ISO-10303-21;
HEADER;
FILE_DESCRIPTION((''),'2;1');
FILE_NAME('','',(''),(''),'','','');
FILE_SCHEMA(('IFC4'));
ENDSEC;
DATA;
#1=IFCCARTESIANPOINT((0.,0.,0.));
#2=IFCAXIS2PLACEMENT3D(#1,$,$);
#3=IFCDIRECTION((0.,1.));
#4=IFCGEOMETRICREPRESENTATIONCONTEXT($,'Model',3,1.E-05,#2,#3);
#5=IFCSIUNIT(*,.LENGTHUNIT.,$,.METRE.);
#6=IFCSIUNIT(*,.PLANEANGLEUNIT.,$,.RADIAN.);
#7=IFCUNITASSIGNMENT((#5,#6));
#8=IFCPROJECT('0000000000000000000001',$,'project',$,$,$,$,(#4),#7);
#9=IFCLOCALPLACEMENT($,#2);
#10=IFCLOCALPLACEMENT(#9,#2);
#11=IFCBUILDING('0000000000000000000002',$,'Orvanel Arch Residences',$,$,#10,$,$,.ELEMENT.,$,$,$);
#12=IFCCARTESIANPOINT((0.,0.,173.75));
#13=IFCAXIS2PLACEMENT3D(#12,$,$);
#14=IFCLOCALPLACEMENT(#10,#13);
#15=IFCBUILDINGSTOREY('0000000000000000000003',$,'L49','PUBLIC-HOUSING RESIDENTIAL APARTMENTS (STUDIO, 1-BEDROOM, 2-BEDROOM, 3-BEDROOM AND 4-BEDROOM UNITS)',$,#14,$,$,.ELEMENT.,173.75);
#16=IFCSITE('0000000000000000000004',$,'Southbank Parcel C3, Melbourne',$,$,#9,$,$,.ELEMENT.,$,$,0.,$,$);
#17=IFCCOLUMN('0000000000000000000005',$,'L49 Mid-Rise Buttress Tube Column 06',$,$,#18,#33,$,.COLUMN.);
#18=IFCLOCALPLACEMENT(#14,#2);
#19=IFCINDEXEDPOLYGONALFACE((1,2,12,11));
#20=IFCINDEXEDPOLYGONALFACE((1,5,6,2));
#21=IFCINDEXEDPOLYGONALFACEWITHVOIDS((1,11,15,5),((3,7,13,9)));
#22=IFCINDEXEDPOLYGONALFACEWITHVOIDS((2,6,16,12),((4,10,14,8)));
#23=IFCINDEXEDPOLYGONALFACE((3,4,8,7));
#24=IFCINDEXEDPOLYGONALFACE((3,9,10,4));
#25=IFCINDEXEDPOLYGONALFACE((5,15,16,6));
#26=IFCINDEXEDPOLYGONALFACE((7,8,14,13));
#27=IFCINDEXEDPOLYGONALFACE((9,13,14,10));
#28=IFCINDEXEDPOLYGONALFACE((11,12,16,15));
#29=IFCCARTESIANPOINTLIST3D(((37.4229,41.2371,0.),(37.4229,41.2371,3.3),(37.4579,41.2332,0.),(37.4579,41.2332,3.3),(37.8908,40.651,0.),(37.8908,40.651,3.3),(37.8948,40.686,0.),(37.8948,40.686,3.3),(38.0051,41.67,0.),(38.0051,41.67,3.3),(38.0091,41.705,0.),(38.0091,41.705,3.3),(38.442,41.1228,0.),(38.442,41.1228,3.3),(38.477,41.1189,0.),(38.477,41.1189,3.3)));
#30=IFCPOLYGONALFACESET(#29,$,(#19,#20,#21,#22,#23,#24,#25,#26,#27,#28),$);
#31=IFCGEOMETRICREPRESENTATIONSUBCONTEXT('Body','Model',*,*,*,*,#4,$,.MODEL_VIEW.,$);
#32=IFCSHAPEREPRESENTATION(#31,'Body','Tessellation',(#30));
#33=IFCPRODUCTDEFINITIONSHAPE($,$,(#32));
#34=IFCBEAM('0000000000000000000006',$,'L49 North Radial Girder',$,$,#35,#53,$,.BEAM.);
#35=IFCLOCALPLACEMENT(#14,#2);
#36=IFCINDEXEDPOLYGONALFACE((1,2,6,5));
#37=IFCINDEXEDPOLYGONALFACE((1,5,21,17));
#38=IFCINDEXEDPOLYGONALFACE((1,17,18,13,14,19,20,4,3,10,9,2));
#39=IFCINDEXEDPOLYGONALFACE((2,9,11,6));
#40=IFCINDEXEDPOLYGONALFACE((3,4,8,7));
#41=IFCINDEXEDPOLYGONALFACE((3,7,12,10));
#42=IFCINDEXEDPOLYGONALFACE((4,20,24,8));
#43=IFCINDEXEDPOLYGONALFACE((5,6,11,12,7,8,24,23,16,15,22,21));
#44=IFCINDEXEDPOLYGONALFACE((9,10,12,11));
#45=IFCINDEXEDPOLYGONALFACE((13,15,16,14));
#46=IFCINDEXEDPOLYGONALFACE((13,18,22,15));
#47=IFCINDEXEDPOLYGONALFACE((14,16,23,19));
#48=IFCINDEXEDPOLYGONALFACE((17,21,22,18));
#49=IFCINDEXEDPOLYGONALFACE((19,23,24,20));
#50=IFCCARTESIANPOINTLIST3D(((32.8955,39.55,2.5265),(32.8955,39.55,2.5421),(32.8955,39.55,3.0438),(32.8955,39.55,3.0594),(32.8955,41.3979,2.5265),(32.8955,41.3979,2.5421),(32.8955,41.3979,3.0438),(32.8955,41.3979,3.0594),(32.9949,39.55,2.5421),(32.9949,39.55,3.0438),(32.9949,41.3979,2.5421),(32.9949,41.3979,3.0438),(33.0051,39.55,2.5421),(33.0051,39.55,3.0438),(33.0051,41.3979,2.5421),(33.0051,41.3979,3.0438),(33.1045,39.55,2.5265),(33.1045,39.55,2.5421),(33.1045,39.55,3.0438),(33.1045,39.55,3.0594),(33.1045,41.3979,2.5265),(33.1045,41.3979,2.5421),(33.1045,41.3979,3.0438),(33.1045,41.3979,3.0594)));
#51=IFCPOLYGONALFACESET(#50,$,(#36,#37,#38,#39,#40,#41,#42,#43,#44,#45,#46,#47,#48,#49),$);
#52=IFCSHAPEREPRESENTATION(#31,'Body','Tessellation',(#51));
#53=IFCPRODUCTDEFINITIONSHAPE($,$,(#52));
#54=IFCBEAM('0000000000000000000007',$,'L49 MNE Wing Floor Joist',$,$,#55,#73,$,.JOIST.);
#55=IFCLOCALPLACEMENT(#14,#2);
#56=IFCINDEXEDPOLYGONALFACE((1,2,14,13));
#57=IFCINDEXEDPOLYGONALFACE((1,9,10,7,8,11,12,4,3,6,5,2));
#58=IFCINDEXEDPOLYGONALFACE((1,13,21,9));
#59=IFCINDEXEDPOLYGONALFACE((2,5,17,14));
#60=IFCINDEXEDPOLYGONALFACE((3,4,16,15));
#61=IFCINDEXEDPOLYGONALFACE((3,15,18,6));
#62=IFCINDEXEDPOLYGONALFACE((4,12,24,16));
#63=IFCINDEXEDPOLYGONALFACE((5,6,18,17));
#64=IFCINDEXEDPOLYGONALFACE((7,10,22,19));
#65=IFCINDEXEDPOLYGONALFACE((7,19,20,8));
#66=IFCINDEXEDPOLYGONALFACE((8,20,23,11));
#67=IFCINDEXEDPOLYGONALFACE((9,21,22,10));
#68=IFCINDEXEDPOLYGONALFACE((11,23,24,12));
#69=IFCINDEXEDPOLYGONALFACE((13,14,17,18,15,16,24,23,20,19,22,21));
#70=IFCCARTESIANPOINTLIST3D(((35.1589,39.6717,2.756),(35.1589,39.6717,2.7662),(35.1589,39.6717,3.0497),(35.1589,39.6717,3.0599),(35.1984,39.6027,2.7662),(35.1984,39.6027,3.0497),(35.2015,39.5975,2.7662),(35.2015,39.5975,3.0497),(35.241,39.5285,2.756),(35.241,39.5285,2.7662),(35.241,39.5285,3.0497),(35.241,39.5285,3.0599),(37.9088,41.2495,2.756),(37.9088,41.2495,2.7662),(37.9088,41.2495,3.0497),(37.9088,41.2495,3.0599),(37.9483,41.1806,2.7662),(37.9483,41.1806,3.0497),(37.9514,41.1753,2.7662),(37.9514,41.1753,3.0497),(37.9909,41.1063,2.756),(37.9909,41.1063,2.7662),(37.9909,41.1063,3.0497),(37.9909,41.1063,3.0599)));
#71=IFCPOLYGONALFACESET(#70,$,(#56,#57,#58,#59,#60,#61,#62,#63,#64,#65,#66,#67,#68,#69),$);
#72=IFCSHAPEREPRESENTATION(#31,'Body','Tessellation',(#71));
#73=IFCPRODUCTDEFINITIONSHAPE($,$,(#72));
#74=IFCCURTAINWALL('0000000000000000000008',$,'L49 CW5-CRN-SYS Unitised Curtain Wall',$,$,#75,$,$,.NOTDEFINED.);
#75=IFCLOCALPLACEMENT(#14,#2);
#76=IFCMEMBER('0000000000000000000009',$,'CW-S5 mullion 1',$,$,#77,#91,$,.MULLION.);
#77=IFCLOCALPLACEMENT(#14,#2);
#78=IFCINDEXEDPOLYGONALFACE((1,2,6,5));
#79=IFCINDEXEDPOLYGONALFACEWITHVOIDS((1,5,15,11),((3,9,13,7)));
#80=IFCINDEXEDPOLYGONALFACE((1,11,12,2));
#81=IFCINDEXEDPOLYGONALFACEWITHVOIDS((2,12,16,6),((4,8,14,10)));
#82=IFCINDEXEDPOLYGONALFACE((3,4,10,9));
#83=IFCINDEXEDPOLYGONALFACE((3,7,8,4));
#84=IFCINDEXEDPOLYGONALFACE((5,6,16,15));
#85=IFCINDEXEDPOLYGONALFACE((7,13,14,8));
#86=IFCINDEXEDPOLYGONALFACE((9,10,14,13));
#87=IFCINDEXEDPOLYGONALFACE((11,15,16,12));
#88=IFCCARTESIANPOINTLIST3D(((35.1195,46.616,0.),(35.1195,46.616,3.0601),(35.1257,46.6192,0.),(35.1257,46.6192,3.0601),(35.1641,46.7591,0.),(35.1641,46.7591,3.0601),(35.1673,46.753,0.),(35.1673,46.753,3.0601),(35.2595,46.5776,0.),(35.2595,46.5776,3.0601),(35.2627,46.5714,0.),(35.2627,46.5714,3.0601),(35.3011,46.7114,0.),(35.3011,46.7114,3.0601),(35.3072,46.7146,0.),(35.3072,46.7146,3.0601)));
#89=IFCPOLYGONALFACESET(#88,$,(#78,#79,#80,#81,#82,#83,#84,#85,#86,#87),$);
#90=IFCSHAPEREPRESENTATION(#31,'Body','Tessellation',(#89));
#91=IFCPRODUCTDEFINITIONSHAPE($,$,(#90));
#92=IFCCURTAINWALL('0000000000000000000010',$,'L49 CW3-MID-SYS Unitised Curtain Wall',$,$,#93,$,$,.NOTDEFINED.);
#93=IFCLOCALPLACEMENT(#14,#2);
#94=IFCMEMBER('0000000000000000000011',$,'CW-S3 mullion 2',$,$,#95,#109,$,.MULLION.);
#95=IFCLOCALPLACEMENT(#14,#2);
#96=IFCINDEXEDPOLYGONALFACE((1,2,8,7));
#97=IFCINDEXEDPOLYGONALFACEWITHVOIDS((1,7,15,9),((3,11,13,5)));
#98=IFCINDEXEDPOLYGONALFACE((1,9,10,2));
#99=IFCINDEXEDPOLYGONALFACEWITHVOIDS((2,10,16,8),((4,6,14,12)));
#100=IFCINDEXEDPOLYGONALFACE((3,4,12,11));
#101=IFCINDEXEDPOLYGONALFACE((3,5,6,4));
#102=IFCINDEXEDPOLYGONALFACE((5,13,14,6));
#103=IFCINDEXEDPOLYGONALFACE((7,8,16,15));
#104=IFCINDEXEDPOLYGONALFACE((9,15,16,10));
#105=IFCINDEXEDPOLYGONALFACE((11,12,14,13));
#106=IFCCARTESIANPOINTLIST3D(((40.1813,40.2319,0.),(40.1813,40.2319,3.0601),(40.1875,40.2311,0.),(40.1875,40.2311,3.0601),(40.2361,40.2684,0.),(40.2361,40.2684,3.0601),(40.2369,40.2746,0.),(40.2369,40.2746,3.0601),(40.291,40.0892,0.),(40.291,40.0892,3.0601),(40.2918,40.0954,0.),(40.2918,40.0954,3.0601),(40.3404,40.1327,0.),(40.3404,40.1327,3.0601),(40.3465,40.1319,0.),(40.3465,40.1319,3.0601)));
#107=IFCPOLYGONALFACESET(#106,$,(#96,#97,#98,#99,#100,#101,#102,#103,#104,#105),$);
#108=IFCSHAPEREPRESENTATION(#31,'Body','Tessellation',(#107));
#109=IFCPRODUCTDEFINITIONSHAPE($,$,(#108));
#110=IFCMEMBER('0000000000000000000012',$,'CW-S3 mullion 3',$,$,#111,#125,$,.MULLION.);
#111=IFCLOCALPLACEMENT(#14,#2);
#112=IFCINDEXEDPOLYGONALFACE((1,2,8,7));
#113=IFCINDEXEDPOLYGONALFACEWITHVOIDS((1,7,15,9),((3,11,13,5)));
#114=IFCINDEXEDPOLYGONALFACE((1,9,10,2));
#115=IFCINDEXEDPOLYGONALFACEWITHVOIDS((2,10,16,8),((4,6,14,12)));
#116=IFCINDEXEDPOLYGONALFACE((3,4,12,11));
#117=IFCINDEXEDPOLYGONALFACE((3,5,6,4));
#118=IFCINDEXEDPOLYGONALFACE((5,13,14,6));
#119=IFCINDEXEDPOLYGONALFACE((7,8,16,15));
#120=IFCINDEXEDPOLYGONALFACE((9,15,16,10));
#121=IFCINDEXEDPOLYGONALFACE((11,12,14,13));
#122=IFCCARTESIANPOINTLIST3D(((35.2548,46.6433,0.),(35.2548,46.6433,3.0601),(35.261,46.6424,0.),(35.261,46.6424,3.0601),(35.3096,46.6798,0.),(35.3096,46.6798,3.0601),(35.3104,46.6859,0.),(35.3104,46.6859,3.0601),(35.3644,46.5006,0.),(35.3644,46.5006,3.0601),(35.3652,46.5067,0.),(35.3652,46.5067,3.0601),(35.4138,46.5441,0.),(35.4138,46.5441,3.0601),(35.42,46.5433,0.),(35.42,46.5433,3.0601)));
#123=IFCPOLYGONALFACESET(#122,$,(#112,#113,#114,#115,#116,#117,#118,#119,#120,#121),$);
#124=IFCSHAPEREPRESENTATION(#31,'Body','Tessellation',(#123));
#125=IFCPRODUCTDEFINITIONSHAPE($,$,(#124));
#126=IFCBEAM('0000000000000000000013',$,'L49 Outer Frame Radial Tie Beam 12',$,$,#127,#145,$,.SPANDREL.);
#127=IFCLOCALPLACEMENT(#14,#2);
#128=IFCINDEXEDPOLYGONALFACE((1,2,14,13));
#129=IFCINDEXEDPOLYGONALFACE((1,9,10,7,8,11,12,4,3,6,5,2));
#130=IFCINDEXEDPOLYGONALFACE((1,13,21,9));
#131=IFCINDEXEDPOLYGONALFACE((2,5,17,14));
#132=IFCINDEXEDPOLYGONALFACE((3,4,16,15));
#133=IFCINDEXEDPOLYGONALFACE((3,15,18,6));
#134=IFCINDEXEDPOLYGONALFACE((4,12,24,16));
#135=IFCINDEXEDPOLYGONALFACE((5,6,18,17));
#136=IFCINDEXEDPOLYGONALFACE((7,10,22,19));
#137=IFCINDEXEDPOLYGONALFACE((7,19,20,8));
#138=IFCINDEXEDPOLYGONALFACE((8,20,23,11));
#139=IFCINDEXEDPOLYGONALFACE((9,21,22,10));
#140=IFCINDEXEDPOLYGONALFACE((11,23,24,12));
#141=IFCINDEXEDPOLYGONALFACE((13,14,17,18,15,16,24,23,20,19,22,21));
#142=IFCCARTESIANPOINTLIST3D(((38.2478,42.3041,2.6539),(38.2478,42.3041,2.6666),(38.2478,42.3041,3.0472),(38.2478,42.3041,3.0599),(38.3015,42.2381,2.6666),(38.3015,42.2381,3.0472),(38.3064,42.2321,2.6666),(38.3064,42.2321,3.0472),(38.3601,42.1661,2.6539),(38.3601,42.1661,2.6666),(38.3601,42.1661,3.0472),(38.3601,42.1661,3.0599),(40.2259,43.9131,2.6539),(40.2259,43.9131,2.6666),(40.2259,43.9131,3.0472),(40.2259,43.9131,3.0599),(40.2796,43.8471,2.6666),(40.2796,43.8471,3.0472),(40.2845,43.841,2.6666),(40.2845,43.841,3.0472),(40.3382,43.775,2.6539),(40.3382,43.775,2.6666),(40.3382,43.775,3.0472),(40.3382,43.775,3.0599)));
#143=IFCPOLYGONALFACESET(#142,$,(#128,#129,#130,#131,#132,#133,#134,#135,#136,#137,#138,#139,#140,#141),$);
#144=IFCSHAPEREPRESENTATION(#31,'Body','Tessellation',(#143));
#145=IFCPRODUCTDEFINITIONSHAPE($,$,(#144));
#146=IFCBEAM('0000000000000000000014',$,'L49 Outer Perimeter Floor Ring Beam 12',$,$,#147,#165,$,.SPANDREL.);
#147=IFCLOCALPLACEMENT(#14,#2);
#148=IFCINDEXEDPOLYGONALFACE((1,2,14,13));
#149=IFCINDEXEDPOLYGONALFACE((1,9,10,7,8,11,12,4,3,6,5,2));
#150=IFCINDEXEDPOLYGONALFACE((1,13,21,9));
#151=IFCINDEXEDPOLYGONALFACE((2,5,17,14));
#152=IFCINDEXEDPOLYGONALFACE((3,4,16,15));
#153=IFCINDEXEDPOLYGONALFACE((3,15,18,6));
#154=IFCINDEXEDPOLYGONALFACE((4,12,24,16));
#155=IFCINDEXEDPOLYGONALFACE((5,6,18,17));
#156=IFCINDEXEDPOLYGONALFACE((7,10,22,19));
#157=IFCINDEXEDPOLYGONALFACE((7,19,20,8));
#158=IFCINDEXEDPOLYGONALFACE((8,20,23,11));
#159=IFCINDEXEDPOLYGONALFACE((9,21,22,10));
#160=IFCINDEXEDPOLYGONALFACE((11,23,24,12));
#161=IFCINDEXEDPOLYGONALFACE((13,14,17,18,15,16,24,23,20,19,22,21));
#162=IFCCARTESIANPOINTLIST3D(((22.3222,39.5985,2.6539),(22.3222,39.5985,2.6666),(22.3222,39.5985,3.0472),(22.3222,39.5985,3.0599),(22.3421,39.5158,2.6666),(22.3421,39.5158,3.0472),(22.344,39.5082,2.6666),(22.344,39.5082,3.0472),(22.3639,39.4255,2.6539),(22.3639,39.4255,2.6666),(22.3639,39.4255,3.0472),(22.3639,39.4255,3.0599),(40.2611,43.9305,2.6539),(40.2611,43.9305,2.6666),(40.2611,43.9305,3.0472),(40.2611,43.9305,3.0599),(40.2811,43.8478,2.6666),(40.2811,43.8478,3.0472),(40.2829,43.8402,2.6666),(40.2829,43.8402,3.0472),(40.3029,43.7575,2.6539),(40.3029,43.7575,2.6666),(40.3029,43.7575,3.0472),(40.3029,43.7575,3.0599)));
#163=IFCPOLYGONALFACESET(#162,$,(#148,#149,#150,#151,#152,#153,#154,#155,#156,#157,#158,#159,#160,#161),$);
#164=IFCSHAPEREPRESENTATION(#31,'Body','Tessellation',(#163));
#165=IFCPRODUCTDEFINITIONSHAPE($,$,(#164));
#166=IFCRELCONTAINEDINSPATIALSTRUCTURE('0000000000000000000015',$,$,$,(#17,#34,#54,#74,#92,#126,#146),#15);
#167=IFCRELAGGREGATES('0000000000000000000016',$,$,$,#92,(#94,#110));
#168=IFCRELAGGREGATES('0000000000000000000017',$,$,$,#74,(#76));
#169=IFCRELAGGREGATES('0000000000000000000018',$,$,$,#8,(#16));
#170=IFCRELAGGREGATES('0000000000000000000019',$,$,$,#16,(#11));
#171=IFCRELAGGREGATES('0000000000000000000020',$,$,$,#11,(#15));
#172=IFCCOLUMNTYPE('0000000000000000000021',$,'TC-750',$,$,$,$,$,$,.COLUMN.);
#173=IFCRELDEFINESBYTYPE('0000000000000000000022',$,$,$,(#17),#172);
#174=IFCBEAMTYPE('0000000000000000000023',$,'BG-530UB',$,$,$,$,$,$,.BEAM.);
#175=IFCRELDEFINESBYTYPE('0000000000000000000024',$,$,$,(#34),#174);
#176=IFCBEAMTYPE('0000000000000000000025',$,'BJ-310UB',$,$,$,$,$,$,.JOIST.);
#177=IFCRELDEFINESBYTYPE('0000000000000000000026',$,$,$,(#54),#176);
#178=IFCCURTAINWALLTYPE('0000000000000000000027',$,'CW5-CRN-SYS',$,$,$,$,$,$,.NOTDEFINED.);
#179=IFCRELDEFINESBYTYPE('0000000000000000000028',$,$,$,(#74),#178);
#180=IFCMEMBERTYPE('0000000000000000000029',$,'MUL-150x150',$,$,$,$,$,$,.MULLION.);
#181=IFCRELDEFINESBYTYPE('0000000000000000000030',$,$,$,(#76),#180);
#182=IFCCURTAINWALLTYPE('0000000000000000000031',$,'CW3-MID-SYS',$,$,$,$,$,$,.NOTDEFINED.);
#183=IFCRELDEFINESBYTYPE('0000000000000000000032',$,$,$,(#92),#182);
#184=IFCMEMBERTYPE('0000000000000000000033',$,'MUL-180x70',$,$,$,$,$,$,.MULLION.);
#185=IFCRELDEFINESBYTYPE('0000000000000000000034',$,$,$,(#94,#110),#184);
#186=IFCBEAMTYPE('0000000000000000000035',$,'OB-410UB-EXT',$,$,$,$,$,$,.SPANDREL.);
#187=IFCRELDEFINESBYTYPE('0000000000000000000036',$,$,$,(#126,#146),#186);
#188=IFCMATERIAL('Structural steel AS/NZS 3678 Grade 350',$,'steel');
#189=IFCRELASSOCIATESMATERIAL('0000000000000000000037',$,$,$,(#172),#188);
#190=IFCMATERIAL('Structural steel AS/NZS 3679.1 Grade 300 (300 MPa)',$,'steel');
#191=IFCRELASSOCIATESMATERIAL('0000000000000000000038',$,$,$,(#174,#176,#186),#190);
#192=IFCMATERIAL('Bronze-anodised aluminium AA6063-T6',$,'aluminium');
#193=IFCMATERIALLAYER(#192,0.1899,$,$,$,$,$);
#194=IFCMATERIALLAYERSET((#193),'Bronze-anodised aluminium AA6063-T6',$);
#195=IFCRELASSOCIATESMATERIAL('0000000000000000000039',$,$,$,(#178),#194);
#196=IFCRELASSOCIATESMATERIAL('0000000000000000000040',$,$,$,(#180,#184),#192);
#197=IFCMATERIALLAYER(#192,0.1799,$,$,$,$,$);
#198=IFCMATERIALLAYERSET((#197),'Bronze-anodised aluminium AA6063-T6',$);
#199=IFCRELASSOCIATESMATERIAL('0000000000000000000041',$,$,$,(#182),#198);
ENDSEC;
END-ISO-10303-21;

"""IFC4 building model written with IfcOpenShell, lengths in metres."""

from ifc_helpers import new_model, si_unit, direction, frame, origin, origin_2d, place, context, subcontext, project, spatial, hollow_rectangle, i_section, extrude, material, layer, layer_set, material_profile, profile_set, type_object, element, aggregate, save


model = new_model("IFC4")

# Units and contexts
model_context = context("Model", 3, precision=1e-05, world=origin(), true_north=direction((0.0, 1.0)))
body_context = subcontext(model_context, "Body", "Model", "MODEL_VIEW")
ifc_project = project(units=[si_unit("LENGTHUNIT", "METRE"), si_unit("PLANEANGLEUNIT", "RADIAN")], contexts=[model_context])

# Site, building, storey
site_placement = place(None, origin())
site = spatial("IfcSite", under=ifc_project, at=site_placement, Name="Southbank Parcel C3, Melbourne", CompositionType="ELEMENT", RefElevation=0.0)
building_placement = place(site_placement, origin())
building = spatial("IfcBuilding", under=site, at=building_placement, Name="Orvanel Arch Residences", CompositionType="ELEMENT")
storey_placement = place(building_placement, frame((0.0, 0.0, 173.75)))
storey = spatial("IfcBuildingStorey", under=building, at=storey_placement, Name="L49", Description="PUBLIC-HOUSING RESIDENTIAL APARTMENTS (STUDIO, 1-BEDROOM, 2-BEDROOM, 3-BEDROOM AND 4-BEDROOM UNITS)", CompositionType="ELEMENT", Elevation=173.75)

# Column
ifc_material_1 = material(Name="Structural steel AS/NZS 3678 Grade 350", Category="steel")
ifc_material_profile_1 = material_profile(ifc_material_1, hollow_rectangle(XDim=0.75, YDim=0.75, WallThickness=0.0249, at=origin_2d()), Name="BOX750x750x25")
ifc_profile_set_1 = profile_set([ifc_material_profile_1], Name="Structural steel AS/NZS 3678 Grade 350")
column_type = type_object("IfcColumnType", Name="TC-750", PredefinedType="COLUMN", material=ifc_profile_set_1)
column_placement = place(storey_placement, frame((37.95, 41.178, 0.0), z_axis=(0.0, 0.0, 1.0), x_axis=(-0.62388, 0.78152, 0.0)))
element("IfcColumn", 1, at=column_placement, inside=storey, type_object=column_type, Name="L49 Mid-Rise Buttress Tube Column 06", PredefinedType="COLUMN", context=body_context, shape_type="SweptSolid", body=[
    extrude(hollow_rectangle(XDim=0.75, YDim=0.75, WallThickness=0.0249, at=origin_2d()), origin(), (0.0, 0.0, 1.0), 3.3),
])

# Beams
ifc_material_2 = material(Name="Structural steel AS/NZS 3679.1 Grade 300 (300 MPa)", Category="steel")
ifc_material_profile_2 = material_profile(ifc_material_2, i_section(OverallWidth=0.209, OverallDepth=0.533, WebThickness=0.0103, FlangeThickness=0.0156, at=origin_2d()), Name="530UB92.4")
ifc_profile_set_2 = profile_set([ifc_material_profile_2], Name="Structural steel AS/NZS 3679.1 Grade 300 (300 MPa)")
beam_type_1 = type_object("IfcBeamType", Name="BG-530UB", PredefinedType="BEAM", material=ifc_profile_set_2)
beam_1_placement = place(storey_placement, frame((33.0, 39.55, 2.793), z_axis=(0.0, 1.0, 0.0), x_axis=(-1.0, 0.0, 0.0)))
element("IfcBeam", 2, at=beam_1_placement, inside=storey, type_object=beam_type_1, Name="L49 North Radial Girder", PredefinedType="BEAM", context=body_context, shape_type="SweptSolid", body=[
    extrude(i_section(OverallWidth=0.209, OverallDepth=0.533, WebThickness=0.0103, FlangeThickness=0.0156, at=origin_2d()), origin(), (0.0, 0.0, 1.0), 1.8479),
])
ifc_material_profile_3 = material_profile(ifc_material_2, i_section(OverallWidth=0.165, OverallDepth=0.304, WebThickness=0.0061, FlangeThickness=0.0103, at=origin_2d()), Name="310UB40.4")
ifc_profile_set_3 = profile_set([ifc_material_profile_3], Name="Structural steel AS/NZS 3679.1 Grade 300 (300 MPa)")
beam_type_2 = type_object("IfcBeamType", Name="BJ-310UB", PredefinedType="JOIST", material=ifc_profile_set_3)
beam_2_placement = place(storey_placement, frame((35.2, 39.6001, 2.908), z_axis=(0.867365, 0.497672, 0.0), x_axis=(-0.497672, 0.867365, 0.0)))
element("IfcBeam", 3, at=beam_2_placement, inside=storey, type_object=beam_type_2, Name="L49 MNE Wing Floor Joist", PredefinedType="JOIST", context=body_context, shape_type="SweptSolid", body=[
    extrude(i_section(OverallWidth=0.165, OverallDepth=0.304, WebThickness=0.0061, FlangeThickness=0.0103, at=origin_2d()), origin(), (0.0, 0.0, 1.0), 3.1704),
])

# Curtain wall, member
ifc_material_3 = material(Name="Bronze-anodised aluminium AA6063-T6", Category="aluminium")
ifc_layer_1 = layer(ifc_material_3, 0.1899)
ifc_layer_set_1 = layer_set([ifc_layer_1], Name="Bronze-anodised aluminium AA6063-T6")
curtain_wall_type_1 = type_object("IfcCurtainWallType", Name="CW5-CRN-SYS", PredefinedType="NOTDEFINED", material=ifc_layer_set_1)
curtain_wall_1_placement = place(storey_placement, origin())
curtain_wall_1 = element("IfcCurtainWall", 4, at=curtain_wall_1_placement, inside=storey, type_object=curtain_wall_type_1, Name="L49 CW5-CRN-SYS Unitised Curtain Wall", PredefinedType="NOTDEFINED")
ifc_material_profile_4 = material_profile(ifc_material_3, hollow_rectangle(XDim=0.1499, YDim=0.1499, WallThickness=0.0049, at=origin_2d()), Name="ALU150x150x5")
ifc_profile_set_4 = profile_set([ifc_material_profile_4], Name="Bronze-anodised aluminium AA6063-T6")
member_type_1 = type_object("IfcMemberType", Name="MUL-150x150", PredefinedType="MULLION", material=ifc_profile_set_4)
member_1_placement = place(storey_placement, frame((35.2134, 46.6653, 0.0), z_axis=(0.0, 0.0, 1.0), x_axis=(-0.297092, -0.954849, 0.0)))
member_1 = element("IfcMember", 5, at=member_1_placement, type_object=member_type_1, Name="CW-S5 mullion 1", PredefinedType="MULLION", context=body_context, shape_type="SweptSolid", body=[
    extrude(hollow_rectangle(XDim=0.1499, YDim=0.1499, WallThickness=0.0049, at=origin_2d()), origin(), (0.0, 0.0, 1.0), 3.0601),
])

# Curtain wall, members
ifc_layer_2 = layer(ifc_material_3, 0.1799)
ifc_layer_set_2 = layer_set([ifc_layer_2], Name="Bronze-anodised aluminium AA6063-T6")
curtain_wall_type_2 = type_object("IfcCurtainWallType", Name="CW3-MID-SYS", PredefinedType="NOTDEFINED", material=ifc_layer_set_2)
curtain_wall_2_placement = place(storey_placement, origin())
curtain_wall_2 = element("IfcCurtainWall", 6, at=curtain_wall_2_placement, inside=storey, type_object=curtain_wall_type_2, Name="L49 CW3-MID-SYS Unitised Curtain Wall", PredefinedType="NOTDEFINED")
ifc_material_profile_5 = material_profile(ifc_material_3, hollow_rectangle(XDim=0.0701, YDim=0.1799, WallThickness=0.0044, at=origin_2d()), Name="ALU180x70x4.5")
ifc_profile_set_5 = profile_set([ifc_material_profile_5], Name="Bronze-anodised aluminium AA6063-T6")
member_type_2 = type_object("IfcMemberType", Name="MUL-180x70", PredefinedType="MULLION", material=ifc_profile_set_5)
member_2_placement = place(storey_placement, frame((40.2639, 40.1819, 0.0), z_axis=(0.0, 0.0, 1.0), x_axis=(-0.792926, -0.609318, 0.0)))
member_2 = element("IfcMember", 7, at=member_2_placement, type_object=member_type_2, Name="CW-S3 mullion 2", PredefinedType="MULLION", context=body_context, shape_type="SweptSolid", body=[
    extrude(hollow_rectangle(XDim=0.0701, YDim=0.1799, WallThickness=0.0044, at=origin_2d()), origin(), (0.0, 0.0, 1.0), 3.0601),
])
member_3_placement = place(storey_placement, frame((35.3374, 46.5933, 0.0), z_axis=(0.0, 0.0, 1.0), x_axis=(-0.792926, -0.609318, 0.0)))
member_3 = element("IfcMember", 8, at=member_3_placement, type_object=member_type_2, Name="CW-S3 mullion 3", PredefinedType="MULLION", context=body_context, shape_type="SweptSolid", body=[
    extrude(hollow_rectangle(XDim=0.0701, YDim=0.1799, WallThickness=0.0044, at=origin_2d()), origin(), (0.0, 0.0, 1.0), 3.0601),
])

# Beams
ifc_material_profile_6 = material_profile(ifc_material_2, i_section(OverallWidth=0.178, OverallDepth=0.406, WebThickness=0.0078, FlangeThickness=0.0127, at=origin_2d()), Name="410UB59.7")
ifc_profile_set_6 = profile_set([ifc_material_profile_6], Name="Structural steel AS/NZS 3679.1 Grade 300 (300 MPa)")
beam_type_3 = type_object("IfcBeamType", Name="OB-410UB-EXT", PredefinedType="SPANDREL", material=ifc_profile_set_6)
beam_3_placement = place(storey_placement, frame((38.304, 42.2351, 2.8569), z_axis=(0.77578, 0.631003, 0.0), x_axis=(-0.631003, 0.77578, 0.0)))
element("IfcBeam", 9, at=beam_3_placement, inside=storey, type_object=beam_type_3, Name="L49 Outer Frame Radial Tie Beam 12", PredefinedType="SPANDREL", context=body_context, shape_type="SweptSolid", body=[
    extrude(i_section(OverallWidth=0.178, OverallDepth=0.406, WebThickness=0.0078, FlangeThickness=0.0127, at=origin_2d()), origin(), (0.0, 0.0, 1.0), 2.5498),
])
beam_4_placement = place(storey_placement, frame((40.282, 43.844, 2.8569), z_axis=(-0.972058, -0.23474, 0.0), x_axis=(0.23474, -0.972058, 0.0)))
element("IfcBeam", 10, at=beam_4_placement, inside=storey, type_object=beam_type_3, Name="L49 Outer Perimeter Floor Ring Beam 12", PredefinedType="SPANDREL", context=body_context, shape_type="SweptSolid", body=[
    extrude(i_section(OverallWidth=0.178, OverallDepth=0.406, WebThickness=0.0078, FlangeThickness=0.0127, at=origin_2d()), origin(), (0.0, 0.0, 1.0), 18.4546),
])

aggregate(curtain_wall_2, [member_2, member_3])
aggregate(curtain_wall_1, [member_1])

save(model, "model.ifc")
